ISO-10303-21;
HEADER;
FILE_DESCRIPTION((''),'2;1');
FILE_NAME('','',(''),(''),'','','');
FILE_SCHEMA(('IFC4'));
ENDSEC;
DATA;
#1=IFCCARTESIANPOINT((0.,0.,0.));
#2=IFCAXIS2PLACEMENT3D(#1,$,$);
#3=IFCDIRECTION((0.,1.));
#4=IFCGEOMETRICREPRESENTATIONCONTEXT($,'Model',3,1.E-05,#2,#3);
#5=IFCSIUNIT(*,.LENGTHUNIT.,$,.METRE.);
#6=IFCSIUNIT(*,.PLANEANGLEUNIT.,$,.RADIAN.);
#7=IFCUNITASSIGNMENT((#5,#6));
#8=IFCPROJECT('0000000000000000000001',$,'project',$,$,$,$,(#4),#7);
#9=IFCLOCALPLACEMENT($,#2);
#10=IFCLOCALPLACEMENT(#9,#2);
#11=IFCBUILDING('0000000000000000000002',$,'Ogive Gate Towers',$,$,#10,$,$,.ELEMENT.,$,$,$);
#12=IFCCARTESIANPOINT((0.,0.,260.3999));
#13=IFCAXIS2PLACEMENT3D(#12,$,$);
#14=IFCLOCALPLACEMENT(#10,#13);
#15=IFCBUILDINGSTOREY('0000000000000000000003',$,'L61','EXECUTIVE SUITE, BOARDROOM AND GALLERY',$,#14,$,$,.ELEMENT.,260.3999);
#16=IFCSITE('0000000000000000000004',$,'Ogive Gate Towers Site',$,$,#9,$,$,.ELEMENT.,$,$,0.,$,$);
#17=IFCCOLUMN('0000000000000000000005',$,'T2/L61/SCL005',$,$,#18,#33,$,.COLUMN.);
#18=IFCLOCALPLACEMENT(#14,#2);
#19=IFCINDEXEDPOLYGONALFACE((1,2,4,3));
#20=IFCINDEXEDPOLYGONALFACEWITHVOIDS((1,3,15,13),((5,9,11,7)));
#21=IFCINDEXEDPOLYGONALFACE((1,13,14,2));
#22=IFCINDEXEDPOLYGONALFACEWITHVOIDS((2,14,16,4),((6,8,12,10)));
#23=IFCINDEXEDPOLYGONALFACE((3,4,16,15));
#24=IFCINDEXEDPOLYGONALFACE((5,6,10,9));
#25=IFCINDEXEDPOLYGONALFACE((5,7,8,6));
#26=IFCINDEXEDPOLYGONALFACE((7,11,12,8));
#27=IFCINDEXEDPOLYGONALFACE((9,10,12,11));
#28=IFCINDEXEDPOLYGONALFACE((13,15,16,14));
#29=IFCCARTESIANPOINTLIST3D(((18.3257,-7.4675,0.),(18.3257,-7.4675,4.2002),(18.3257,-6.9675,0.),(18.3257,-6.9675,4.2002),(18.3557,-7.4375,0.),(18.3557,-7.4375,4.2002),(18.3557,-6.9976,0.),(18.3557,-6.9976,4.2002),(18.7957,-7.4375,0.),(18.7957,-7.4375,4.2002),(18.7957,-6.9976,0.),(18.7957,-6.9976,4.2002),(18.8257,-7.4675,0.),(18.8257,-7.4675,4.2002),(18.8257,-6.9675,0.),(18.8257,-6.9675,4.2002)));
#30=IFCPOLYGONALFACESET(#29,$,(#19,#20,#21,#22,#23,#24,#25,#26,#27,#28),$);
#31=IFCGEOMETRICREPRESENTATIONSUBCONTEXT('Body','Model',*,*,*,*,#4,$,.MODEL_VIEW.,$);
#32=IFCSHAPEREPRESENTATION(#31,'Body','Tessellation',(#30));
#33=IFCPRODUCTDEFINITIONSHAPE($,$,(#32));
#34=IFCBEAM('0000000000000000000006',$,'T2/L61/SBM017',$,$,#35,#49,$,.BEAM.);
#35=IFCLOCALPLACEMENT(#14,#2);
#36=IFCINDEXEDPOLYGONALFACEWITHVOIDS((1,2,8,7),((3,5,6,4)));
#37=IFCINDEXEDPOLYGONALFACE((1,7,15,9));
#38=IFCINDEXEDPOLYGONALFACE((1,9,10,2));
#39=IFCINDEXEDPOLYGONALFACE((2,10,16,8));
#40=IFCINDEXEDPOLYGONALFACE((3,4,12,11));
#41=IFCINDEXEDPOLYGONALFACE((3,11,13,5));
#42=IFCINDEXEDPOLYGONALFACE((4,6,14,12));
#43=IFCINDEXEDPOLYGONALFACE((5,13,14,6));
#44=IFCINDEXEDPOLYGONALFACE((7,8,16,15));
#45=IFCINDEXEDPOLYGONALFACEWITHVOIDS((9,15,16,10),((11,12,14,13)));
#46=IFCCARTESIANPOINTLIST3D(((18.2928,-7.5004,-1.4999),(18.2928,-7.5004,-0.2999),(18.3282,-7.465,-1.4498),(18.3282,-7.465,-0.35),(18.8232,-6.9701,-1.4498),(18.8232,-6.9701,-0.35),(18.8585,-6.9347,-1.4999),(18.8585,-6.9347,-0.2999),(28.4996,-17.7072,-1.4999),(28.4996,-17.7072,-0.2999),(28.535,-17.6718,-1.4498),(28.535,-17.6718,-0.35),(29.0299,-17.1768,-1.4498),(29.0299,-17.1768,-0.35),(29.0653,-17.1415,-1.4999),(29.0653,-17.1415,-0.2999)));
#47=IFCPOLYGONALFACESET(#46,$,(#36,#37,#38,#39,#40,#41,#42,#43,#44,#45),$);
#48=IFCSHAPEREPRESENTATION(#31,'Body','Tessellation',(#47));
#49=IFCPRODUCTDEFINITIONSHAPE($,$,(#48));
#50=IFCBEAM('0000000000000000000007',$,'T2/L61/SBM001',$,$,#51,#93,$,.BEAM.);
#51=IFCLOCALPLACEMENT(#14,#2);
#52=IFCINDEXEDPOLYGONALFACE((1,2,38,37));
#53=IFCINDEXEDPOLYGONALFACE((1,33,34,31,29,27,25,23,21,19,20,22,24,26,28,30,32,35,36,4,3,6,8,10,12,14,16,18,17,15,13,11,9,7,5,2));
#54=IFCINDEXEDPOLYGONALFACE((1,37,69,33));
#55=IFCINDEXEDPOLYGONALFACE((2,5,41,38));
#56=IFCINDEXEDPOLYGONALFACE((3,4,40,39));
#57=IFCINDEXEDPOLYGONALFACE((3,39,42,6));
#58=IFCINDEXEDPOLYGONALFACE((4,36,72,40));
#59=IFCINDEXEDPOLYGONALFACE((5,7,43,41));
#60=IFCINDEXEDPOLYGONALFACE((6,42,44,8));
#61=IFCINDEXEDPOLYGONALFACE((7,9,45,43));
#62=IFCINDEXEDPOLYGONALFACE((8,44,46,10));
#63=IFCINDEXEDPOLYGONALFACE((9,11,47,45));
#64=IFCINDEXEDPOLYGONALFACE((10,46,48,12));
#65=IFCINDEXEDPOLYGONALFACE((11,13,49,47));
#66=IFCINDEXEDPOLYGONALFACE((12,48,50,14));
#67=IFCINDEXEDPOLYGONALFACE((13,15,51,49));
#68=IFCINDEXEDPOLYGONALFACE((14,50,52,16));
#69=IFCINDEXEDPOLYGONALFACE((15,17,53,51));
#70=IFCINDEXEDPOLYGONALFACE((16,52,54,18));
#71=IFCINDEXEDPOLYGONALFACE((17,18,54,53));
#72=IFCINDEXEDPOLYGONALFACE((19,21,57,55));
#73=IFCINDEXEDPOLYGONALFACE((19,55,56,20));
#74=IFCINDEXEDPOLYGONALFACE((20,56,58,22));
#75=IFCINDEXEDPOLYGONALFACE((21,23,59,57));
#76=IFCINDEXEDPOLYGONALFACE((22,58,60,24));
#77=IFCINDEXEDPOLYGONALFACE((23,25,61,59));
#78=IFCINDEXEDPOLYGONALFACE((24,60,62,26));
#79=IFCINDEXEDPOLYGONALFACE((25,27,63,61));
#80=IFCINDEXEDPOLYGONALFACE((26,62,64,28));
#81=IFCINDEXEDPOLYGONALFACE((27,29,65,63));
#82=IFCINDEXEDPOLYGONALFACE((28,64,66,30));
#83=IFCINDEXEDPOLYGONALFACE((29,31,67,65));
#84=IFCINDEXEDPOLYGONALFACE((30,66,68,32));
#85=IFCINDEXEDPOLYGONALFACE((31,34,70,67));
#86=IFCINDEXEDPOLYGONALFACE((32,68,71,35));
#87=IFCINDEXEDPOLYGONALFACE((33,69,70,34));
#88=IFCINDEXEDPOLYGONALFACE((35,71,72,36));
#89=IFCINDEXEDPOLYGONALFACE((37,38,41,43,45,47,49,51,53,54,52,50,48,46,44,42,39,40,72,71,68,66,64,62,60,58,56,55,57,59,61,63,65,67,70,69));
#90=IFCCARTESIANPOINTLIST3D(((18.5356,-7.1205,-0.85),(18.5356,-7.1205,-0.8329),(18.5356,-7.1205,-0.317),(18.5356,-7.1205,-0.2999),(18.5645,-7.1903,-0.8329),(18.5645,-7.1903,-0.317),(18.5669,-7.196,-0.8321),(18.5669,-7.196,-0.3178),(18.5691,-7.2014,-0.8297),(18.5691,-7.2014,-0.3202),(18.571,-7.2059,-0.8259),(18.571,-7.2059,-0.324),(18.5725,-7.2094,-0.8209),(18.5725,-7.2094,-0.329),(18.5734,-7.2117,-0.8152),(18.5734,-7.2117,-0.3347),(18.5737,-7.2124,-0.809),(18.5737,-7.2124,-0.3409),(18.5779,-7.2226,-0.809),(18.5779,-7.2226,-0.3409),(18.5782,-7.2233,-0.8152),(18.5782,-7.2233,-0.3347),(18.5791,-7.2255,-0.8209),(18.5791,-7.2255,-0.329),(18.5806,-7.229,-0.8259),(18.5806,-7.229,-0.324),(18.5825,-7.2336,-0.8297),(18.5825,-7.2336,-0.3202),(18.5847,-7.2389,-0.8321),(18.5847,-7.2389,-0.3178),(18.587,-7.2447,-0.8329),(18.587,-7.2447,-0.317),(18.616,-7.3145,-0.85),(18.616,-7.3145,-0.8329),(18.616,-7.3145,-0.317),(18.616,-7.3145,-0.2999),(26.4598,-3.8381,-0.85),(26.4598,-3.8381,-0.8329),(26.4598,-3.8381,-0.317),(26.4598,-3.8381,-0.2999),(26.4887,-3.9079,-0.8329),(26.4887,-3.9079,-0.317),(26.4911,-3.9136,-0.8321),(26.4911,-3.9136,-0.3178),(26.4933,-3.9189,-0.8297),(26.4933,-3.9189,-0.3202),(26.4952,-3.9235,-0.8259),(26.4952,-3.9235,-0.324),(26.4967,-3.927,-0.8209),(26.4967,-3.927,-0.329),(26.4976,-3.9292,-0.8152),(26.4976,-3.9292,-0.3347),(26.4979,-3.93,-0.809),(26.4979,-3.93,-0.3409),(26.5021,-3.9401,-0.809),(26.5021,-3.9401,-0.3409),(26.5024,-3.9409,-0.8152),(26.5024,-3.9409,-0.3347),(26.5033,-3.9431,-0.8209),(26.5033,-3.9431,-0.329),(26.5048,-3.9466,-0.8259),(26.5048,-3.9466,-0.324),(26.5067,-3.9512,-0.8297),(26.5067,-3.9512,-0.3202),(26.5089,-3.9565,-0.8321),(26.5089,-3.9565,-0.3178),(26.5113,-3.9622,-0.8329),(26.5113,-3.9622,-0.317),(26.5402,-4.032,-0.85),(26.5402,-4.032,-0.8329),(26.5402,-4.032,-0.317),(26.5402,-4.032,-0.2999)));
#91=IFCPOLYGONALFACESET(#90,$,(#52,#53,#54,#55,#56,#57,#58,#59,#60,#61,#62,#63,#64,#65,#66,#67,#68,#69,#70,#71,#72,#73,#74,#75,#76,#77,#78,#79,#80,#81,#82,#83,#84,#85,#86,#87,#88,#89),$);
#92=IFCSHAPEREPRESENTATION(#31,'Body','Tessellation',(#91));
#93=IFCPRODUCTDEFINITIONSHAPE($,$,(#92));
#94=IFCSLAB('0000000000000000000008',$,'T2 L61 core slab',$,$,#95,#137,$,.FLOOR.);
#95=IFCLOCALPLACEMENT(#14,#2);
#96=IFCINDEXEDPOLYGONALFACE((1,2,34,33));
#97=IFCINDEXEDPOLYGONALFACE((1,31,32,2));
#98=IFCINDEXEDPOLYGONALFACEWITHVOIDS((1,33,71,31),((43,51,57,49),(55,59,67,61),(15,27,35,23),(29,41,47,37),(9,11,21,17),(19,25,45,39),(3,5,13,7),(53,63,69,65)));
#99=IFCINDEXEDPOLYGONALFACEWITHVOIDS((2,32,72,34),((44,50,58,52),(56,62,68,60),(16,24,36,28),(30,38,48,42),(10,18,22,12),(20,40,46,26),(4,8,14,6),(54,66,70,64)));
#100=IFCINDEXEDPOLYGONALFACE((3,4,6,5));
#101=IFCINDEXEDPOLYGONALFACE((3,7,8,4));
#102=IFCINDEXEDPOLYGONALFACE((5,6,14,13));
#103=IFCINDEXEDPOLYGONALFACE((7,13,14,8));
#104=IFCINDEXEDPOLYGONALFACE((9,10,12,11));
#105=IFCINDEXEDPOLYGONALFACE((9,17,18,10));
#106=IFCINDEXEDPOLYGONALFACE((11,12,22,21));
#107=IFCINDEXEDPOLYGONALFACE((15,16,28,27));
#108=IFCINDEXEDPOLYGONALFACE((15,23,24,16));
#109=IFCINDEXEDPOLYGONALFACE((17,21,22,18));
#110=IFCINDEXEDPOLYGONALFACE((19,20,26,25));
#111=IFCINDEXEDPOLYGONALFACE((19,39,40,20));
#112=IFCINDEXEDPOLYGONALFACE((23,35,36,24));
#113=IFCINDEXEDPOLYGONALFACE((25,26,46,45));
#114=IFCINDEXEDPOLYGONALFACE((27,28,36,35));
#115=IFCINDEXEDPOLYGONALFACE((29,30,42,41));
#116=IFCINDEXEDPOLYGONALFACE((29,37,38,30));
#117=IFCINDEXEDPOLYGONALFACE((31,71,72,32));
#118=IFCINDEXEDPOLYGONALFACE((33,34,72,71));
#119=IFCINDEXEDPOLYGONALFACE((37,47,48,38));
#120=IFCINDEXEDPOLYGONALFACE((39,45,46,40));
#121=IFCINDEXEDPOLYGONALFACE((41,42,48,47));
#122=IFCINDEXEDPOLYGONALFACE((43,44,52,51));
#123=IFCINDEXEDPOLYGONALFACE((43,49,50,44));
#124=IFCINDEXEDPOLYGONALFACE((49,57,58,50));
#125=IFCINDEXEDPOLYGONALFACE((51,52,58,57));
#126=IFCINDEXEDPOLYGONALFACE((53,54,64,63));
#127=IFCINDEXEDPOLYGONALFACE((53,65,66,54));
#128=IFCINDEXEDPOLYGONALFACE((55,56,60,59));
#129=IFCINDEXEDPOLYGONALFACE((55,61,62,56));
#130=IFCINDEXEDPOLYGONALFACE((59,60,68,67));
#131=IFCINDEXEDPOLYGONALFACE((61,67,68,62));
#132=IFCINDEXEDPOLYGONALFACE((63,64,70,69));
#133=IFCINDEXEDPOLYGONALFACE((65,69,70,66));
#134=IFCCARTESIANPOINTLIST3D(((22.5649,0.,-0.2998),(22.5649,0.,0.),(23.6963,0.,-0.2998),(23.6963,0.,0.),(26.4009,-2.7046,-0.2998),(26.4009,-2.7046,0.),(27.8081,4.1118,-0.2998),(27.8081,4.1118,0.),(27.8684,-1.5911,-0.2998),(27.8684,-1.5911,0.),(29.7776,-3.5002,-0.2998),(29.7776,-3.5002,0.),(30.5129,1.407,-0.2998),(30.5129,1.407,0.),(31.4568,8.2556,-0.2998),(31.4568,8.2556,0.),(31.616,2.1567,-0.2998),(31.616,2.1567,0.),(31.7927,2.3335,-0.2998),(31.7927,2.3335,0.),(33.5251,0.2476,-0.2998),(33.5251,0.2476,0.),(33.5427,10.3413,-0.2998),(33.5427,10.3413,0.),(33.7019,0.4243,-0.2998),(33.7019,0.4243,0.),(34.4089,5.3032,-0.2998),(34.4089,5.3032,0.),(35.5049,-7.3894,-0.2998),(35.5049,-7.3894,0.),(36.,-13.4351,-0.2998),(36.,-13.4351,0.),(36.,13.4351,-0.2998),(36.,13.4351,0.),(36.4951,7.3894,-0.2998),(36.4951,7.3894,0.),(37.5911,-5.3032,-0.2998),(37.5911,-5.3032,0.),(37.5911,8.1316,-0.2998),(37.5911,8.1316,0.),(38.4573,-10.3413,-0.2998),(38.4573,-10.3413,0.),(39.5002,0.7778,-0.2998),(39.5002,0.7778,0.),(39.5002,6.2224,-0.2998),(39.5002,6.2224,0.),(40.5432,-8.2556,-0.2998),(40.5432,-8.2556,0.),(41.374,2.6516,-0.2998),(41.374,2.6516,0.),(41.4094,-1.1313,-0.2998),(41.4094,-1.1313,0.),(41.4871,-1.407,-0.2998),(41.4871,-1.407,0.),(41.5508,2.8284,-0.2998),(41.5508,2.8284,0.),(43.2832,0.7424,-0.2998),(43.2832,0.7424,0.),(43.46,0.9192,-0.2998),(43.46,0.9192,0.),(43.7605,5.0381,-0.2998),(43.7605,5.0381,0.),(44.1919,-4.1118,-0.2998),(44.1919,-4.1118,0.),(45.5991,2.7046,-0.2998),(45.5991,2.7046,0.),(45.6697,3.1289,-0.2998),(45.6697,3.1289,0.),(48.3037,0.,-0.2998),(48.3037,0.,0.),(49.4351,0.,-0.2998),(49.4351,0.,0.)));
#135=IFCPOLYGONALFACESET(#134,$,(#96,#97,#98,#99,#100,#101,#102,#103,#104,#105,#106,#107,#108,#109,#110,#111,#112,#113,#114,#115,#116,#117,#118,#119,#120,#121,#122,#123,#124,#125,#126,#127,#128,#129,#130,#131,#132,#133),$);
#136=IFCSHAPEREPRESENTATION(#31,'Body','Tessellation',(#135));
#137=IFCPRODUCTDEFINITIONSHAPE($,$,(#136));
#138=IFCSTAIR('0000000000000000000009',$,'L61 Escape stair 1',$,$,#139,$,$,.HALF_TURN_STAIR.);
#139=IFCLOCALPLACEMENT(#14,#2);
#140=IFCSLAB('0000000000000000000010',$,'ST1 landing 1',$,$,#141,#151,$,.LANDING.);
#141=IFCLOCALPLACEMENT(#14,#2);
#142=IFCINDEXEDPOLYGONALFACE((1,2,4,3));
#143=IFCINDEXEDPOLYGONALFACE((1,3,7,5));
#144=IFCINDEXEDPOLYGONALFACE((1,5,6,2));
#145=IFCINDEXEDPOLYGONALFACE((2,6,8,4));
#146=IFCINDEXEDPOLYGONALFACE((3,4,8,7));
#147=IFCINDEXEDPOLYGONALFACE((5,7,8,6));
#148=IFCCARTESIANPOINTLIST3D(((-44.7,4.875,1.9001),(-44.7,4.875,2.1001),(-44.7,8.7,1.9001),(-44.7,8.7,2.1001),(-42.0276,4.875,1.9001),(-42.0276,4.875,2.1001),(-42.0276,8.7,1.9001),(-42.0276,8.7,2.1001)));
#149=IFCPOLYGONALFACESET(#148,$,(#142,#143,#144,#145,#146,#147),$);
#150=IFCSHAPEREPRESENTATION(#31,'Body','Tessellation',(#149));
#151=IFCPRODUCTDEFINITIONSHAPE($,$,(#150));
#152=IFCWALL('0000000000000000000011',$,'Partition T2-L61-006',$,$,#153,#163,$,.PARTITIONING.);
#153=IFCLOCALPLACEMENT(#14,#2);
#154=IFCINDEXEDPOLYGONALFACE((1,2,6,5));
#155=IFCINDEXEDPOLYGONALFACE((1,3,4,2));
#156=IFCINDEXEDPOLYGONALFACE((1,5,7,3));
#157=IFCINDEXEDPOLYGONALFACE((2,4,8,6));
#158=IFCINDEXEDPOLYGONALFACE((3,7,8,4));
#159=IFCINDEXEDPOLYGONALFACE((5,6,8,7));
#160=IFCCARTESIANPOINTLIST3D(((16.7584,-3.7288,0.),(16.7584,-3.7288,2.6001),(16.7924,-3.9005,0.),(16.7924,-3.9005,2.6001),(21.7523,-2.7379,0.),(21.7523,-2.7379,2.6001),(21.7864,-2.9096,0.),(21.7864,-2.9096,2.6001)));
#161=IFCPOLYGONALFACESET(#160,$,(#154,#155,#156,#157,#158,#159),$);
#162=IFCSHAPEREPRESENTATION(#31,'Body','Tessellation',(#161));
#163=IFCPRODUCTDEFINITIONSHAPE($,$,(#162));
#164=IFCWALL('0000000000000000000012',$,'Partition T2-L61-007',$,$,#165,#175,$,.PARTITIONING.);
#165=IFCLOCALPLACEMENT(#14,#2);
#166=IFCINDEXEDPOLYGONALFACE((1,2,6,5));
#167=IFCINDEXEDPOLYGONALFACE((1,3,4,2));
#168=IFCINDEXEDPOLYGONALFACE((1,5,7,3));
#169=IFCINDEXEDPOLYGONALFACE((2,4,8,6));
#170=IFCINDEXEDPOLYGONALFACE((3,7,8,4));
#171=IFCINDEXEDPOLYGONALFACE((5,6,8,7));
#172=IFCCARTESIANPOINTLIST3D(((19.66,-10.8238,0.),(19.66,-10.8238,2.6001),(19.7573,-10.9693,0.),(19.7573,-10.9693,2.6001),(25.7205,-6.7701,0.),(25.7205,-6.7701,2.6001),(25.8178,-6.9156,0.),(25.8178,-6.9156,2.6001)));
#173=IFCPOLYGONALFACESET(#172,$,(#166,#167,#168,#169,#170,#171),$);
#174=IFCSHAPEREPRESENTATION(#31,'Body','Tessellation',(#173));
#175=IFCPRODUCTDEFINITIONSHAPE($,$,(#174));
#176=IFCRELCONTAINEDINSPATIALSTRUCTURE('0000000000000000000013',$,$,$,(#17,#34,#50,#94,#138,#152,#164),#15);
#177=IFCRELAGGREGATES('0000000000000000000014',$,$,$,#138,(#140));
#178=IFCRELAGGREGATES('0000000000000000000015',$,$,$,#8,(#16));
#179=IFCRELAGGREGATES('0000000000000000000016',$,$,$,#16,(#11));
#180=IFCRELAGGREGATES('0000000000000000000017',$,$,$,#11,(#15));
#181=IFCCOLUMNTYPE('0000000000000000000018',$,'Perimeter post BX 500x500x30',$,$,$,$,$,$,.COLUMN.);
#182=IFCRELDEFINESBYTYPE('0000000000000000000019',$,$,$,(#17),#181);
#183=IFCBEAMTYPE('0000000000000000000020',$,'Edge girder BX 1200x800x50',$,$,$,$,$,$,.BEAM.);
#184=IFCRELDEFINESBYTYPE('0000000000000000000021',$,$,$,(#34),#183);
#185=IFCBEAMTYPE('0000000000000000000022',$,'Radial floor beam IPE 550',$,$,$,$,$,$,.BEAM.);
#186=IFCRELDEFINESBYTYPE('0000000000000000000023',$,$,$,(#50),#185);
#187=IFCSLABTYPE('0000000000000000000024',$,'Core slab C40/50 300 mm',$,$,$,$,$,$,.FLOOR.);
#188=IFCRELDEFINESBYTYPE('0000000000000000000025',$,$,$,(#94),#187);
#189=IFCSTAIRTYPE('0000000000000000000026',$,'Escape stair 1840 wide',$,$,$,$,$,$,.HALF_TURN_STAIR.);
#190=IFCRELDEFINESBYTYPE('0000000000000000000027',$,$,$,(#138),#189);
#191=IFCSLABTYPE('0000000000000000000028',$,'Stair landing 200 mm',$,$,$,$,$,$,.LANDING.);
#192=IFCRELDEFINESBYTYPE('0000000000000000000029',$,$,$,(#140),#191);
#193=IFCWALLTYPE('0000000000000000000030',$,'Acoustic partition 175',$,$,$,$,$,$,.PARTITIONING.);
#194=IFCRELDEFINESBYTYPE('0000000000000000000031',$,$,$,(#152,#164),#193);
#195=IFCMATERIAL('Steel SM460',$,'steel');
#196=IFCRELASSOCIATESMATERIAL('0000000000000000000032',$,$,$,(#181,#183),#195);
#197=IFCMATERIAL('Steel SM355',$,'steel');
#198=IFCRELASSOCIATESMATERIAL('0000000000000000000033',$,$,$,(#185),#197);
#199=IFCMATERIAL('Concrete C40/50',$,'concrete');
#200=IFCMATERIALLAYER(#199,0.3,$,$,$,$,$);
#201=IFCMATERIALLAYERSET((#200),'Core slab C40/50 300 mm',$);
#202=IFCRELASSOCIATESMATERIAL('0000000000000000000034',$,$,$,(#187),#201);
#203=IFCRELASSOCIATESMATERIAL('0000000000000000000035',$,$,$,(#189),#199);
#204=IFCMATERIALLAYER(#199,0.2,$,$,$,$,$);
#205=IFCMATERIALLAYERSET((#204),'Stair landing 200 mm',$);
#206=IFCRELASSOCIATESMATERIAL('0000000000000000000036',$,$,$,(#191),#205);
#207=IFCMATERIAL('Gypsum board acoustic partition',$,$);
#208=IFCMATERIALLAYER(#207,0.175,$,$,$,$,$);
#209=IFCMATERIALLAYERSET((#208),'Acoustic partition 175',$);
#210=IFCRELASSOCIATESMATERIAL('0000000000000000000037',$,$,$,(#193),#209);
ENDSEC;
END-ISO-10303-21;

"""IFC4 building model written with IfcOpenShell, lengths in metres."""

from ifc_helpers import new_model, si_unit, direction, frame, frame_2d, origin, origin_2d, place, context, subcontext, project, spatial, polyline, rectangle, hollow_rectangle, i_section, outline, extrude, material, layer, layer_set, material_profile, profile_set, type_object, element, aggregate, save


model = new_model("IFC4")

# Units and contexts
model_context = context("Model", 3, precision=1e-05, world=origin(), true_north=direction((0.0, 1.0)))
body_context = subcontext(model_context, "Body", "Model", "MODEL_VIEW")
ifc_project = project(units=[si_unit("LENGTHUNIT", "METRE"), si_unit("PLANEANGLEUNIT", "RADIAN")], contexts=[model_context])

# Site, building, storey
site_placement = place(None, origin())
site = spatial("IfcSite", under=ifc_project, at=site_placement, Name="Ogive Gate Towers Site", CompositionType="ELEMENT", RefElevation=0.0)
building_placement = place(site_placement, origin())
building = spatial("IfcBuilding", under=site, at=building_placement, Name="Ogive Gate Towers", CompositionType="ELEMENT")
storey_placement = place(building_placement, frame((0.0, 0.0, 260.3999)))
storey = spatial("IfcBuildingStorey", under=building, at=storey_placement, Name="L61", Description="EXECUTIVE SUITE, BOARDROOM AND GALLERY", CompositionType="ELEMENT", Elevation=260.3999)

# Column
ifc_material_1 = material(Name="Steel SM460", Category="steel")
ifc_material_profile_1 = material_profile(ifc_material_1, hollow_rectangle(XDim=0.5, YDim=0.5, WallThickness=0.03, at=origin_2d()), Name="BX 500x500x30")
ifc_profile_set_1 = profile_set([ifc_material_profile_1], Name="Steel SM460")
column_type = type_object("IfcColumnType", Name="Perimeter post BX 500x500x30", PredefinedType="COLUMN", material=ifc_profile_set_1)
column_placement = place(storey_placement, frame((18.5757, -7.2175, 0.0), z_axis=(0.0, 0.0, 1.0), x_axis=(1.0, 0.0, 0.0)))
element("IfcColumn", 1, at=column_placement, inside=storey, type_object=column_type, Name="T2/L61/SCL005", PredefinedType="COLUMN", context=body_context, shape_type="SweptSolid", body=[
    extrude(hollow_rectangle(XDim=0.5, YDim=0.5, WallThickness=0.03, at=origin_2d()), origin(), (0.0, 0.0, 1.0), 4.2002),
])

# Beams
ifc_material_profile_2 = material_profile(ifc_material_1, hollow_rectangle(XDim=0.8, YDim=1.2, WallThickness=0.05, at=origin_2d()), Name="BX 1200x800x50")
ifc_profile_set_2 = profile_set([ifc_material_profile_2], Name="Steel SM460")
beam_type_1 = type_object("IfcBeamType", Name="Edge girder BX 1200x800x50", PredefinedType="BEAM", material=ifc_profile_set_2)
beam_1_placement = place(storey_placement, frame((18.5757, -7.2175, -0.8999), z_axis=(0.707107, -0.707107, 0.0), x_axis=(0.707107, 0.707107, 0.0)))
element("IfcBeam", 2, at=beam_1_placement, inside=storey, type_object=beam_type_1, Name="T2/L61/SBM017", PredefinedType="BEAM", context=body_context, shape_type="SweptSolid", body=[
    extrude(hollow_rectangle(XDim=0.8, YDim=1.2, WallThickness=0.05, at=origin_2d()), origin(), (0.0, 0.0, 1.0), 14.4346),
])
ifc_material_2 = material(Name="Steel SM355", Category="steel")
ifc_material_profile_3 = material_profile(ifc_material_2, i_section(OverallWidth=0.21, OverallDepth=0.55, WebThickness=0.011, FlangeThickness=0.0171, FilletRadius=0.0239, at=origin_2d()), Name="IPE 550")
ifc_profile_set_3 = profile_set([ifc_material_profile_3], Name="Steel SM355")
beam_type_2 = type_object("IfcBeamType", Name="Radial floor beam IPE 550", PredefinedType="BEAM", material=ifc_profile_set_3)
beam_2_placement = place(storey_placement, frame((26.5, -3.9351, -0.575), z_axis=(-0.923875, -0.382695, 0.0), x_axis=(0.382695, -0.923875, 0.0)))
element("IfcBeam", 3, at=beam_2_placement, inside=storey, type_object=beam_type_2, Name="T2/L61/SBM001", PredefinedType="BEAM", context=body_context, shape_type="SweptSolid", body=[
    extrude(i_section(OverallWidth=0.21, OverallDepth=0.55, WebThickness=0.011, FlangeThickness=0.0171, FilletRadius=0.0239, at=origin_2d()), origin(), (0.0, 0.0, 1.0), 8.5771),
])

# Slab
ifc_material_3 = material(Name="Concrete C40/50", Category="concrete")
ifc_layer_1 = layer(ifc_material_3, 0.3)
ifc_layer_set_1 = layer_set([ifc_layer_1], Name="Core slab C40/50 300 mm")
slab_type_1 = type_object("IfcSlabType", Name="Core slab C40/50 300 mm", PredefinedType="FLOOR", material=ifc_layer_set_1)
slab_1_placement = place(storey_placement, frame((0.0, 0.0, -0.2998)))
element("IfcSlab", 4, at=slab_1_placement, inside=storey, type_object=slab_type_1, Name="T2 L61 core slab", PredefinedType="FLOOR", context=body_context, shape_type="SweptSolid", body=[
    extrude(outline(polyline([(36.0, -13.4351), (22.5649, 0.0), (36.0, 13.4351), (49.4351, 0.0), (36.0, -13.4351)]), holes=[polyline([(29.7776, -3.5002), (33.5251, 0.2476), (31.616, 2.1567), (27.8684, -1.5911), (29.7776, -3.5002)]), polyline([(31.7927, 2.3335), (33.7019, 0.4243), (39.5002, 6.2224), (37.5911, 8.1316), (31.7927, 2.3335)]), polyline([(41.374, 2.6516), (39.5002, 0.7778), (41.4094, -1.1313), (43.2832, 0.7424), (41.374, 2.6516)]), polyline([(45.6697, 3.1289), (43.7605, 5.0381), (41.5508, 2.8284), (43.46, 0.9192), (45.6697, 3.1289)]), polyline([(34.4089, 5.3032), (36.4951, 7.3894), (33.5427, 10.3413), (31.4568, 8.2556), (34.4089, 5.3032)]), polyline([(35.5049, -7.3894), (38.4573, -10.3413), (40.5432, -8.2556), (37.5911, -5.3032), (35.5049, -7.3894)]), polyline([(26.4009, -2.7046), (30.5129, 1.407), (27.8081, 4.1118), (23.6963, 0.0), (26.4009, -2.7046)]), polyline([(48.3037, 0.0), (45.5991, 2.7046), (41.4871, -1.407), (44.1919, -4.1118), (48.3037, 0.0)])]), origin(), (0.0, 0.0, 1.0), 0.2998),
])

# Stair, slab
stair_type = type_object("IfcStairType", Name="Escape stair 1840 wide", PredefinedType="HALF_TURN_STAIR", material=ifc_material_3)
stair_1_placement = place(storey_placement, origin())
stair_1 = element("IfcStair", 5, at=stair_1_placement, inside=storey, type_object=stair_type, Name="L61 Escape stair 1", PredefinedType="HALF_TURN_STAIR")
ifc_layer_2 = layer(ifc_material_3, 0.2)
ifc_layer_set_2 = layer_set([ifc_layer_2], Name="Stair landing 200 mm")
slab_type_2 = type_object("IfcSlabType", Name="Stair landing 200 mm", PredefinedType="LANDING", material=ifc_layer_set_2)
slab_2_placement = place(storey_placement, frame((0.0, 0.0, 1.9001)))
slab_2 = element("IfcSlab", 6, at=slab_2_placement, type_object=slab_type_2, Name="ST1 landing 1", PredefinedType="LANDING", context=body_context, shape_type="SweptSolid", body=[
    extrude(outline(polyline([(-42.0276, 8.7), (-44.7, 8.7), (-44.7, 4.875), (-42.0276, 4.875), (-42.0276, 8.7)])), origin(), (0.0, 0.0, 1.0), 0.2),
])
aggregate(stair_1, [slab_2])

# Walls
ifc_material_4 = material(Name="Gypsum board acoustic partition")
ifc_layer_3 = layer(ifc_material_4, 0.175)
ifc_layer_set_3 = layer_set([ifc_layer_3], Name="Acoustic partition 175")
wall_type_1 = type_object("IfcWallType", Name="Acoustic partition 175", PredefinedType="PARTITIONING", material=ifc_layer_set_3)
wall_1_placement = place(storey_placement, frame((16.7754, -3.8147, 0.0), z_axis=(0.0, 0.0, 1.0), x_axis=(0.980875, 0.19464, 0.0)))
element("IfcWall", 7, at=wall_1_placement, inside=storey, type_object=wall_type_1, Name="Partition T2-L61-006", PredefinedType="PARTITIONING", context=body_context, shape_type="SweptSolid", body=[
    extrude(rectangle(XDim=5.0913, YDim=0.175, at=frame_2d((2.5457, 0.0))), origin(), (0.0, 0.0, 1.0), 2.6001),
])
wall_2_placement = place(storey_placement, frame((19.7087, -10.8965, 0.0), z_axis=(0.0, 0.0, 1.0), x_axis=(0.831205, 0.555967, 0.0)))
element("IfcWall", 8, at=wall_2_placement, inside=storey, type_object=wall_type_1, Name="Partition T2-L61-007", PredefinedType="PARTITIONING", context=body_context, shape_type="SweptSolid", body=[
    extrude(rectangle(XDim=7.2913, YDim=0.175, at=frame_2d((3.6455, 0.0))), origin(), (0.0, 0.0, 1.0), 2.6001),
])

save(model, "model.ifc")
